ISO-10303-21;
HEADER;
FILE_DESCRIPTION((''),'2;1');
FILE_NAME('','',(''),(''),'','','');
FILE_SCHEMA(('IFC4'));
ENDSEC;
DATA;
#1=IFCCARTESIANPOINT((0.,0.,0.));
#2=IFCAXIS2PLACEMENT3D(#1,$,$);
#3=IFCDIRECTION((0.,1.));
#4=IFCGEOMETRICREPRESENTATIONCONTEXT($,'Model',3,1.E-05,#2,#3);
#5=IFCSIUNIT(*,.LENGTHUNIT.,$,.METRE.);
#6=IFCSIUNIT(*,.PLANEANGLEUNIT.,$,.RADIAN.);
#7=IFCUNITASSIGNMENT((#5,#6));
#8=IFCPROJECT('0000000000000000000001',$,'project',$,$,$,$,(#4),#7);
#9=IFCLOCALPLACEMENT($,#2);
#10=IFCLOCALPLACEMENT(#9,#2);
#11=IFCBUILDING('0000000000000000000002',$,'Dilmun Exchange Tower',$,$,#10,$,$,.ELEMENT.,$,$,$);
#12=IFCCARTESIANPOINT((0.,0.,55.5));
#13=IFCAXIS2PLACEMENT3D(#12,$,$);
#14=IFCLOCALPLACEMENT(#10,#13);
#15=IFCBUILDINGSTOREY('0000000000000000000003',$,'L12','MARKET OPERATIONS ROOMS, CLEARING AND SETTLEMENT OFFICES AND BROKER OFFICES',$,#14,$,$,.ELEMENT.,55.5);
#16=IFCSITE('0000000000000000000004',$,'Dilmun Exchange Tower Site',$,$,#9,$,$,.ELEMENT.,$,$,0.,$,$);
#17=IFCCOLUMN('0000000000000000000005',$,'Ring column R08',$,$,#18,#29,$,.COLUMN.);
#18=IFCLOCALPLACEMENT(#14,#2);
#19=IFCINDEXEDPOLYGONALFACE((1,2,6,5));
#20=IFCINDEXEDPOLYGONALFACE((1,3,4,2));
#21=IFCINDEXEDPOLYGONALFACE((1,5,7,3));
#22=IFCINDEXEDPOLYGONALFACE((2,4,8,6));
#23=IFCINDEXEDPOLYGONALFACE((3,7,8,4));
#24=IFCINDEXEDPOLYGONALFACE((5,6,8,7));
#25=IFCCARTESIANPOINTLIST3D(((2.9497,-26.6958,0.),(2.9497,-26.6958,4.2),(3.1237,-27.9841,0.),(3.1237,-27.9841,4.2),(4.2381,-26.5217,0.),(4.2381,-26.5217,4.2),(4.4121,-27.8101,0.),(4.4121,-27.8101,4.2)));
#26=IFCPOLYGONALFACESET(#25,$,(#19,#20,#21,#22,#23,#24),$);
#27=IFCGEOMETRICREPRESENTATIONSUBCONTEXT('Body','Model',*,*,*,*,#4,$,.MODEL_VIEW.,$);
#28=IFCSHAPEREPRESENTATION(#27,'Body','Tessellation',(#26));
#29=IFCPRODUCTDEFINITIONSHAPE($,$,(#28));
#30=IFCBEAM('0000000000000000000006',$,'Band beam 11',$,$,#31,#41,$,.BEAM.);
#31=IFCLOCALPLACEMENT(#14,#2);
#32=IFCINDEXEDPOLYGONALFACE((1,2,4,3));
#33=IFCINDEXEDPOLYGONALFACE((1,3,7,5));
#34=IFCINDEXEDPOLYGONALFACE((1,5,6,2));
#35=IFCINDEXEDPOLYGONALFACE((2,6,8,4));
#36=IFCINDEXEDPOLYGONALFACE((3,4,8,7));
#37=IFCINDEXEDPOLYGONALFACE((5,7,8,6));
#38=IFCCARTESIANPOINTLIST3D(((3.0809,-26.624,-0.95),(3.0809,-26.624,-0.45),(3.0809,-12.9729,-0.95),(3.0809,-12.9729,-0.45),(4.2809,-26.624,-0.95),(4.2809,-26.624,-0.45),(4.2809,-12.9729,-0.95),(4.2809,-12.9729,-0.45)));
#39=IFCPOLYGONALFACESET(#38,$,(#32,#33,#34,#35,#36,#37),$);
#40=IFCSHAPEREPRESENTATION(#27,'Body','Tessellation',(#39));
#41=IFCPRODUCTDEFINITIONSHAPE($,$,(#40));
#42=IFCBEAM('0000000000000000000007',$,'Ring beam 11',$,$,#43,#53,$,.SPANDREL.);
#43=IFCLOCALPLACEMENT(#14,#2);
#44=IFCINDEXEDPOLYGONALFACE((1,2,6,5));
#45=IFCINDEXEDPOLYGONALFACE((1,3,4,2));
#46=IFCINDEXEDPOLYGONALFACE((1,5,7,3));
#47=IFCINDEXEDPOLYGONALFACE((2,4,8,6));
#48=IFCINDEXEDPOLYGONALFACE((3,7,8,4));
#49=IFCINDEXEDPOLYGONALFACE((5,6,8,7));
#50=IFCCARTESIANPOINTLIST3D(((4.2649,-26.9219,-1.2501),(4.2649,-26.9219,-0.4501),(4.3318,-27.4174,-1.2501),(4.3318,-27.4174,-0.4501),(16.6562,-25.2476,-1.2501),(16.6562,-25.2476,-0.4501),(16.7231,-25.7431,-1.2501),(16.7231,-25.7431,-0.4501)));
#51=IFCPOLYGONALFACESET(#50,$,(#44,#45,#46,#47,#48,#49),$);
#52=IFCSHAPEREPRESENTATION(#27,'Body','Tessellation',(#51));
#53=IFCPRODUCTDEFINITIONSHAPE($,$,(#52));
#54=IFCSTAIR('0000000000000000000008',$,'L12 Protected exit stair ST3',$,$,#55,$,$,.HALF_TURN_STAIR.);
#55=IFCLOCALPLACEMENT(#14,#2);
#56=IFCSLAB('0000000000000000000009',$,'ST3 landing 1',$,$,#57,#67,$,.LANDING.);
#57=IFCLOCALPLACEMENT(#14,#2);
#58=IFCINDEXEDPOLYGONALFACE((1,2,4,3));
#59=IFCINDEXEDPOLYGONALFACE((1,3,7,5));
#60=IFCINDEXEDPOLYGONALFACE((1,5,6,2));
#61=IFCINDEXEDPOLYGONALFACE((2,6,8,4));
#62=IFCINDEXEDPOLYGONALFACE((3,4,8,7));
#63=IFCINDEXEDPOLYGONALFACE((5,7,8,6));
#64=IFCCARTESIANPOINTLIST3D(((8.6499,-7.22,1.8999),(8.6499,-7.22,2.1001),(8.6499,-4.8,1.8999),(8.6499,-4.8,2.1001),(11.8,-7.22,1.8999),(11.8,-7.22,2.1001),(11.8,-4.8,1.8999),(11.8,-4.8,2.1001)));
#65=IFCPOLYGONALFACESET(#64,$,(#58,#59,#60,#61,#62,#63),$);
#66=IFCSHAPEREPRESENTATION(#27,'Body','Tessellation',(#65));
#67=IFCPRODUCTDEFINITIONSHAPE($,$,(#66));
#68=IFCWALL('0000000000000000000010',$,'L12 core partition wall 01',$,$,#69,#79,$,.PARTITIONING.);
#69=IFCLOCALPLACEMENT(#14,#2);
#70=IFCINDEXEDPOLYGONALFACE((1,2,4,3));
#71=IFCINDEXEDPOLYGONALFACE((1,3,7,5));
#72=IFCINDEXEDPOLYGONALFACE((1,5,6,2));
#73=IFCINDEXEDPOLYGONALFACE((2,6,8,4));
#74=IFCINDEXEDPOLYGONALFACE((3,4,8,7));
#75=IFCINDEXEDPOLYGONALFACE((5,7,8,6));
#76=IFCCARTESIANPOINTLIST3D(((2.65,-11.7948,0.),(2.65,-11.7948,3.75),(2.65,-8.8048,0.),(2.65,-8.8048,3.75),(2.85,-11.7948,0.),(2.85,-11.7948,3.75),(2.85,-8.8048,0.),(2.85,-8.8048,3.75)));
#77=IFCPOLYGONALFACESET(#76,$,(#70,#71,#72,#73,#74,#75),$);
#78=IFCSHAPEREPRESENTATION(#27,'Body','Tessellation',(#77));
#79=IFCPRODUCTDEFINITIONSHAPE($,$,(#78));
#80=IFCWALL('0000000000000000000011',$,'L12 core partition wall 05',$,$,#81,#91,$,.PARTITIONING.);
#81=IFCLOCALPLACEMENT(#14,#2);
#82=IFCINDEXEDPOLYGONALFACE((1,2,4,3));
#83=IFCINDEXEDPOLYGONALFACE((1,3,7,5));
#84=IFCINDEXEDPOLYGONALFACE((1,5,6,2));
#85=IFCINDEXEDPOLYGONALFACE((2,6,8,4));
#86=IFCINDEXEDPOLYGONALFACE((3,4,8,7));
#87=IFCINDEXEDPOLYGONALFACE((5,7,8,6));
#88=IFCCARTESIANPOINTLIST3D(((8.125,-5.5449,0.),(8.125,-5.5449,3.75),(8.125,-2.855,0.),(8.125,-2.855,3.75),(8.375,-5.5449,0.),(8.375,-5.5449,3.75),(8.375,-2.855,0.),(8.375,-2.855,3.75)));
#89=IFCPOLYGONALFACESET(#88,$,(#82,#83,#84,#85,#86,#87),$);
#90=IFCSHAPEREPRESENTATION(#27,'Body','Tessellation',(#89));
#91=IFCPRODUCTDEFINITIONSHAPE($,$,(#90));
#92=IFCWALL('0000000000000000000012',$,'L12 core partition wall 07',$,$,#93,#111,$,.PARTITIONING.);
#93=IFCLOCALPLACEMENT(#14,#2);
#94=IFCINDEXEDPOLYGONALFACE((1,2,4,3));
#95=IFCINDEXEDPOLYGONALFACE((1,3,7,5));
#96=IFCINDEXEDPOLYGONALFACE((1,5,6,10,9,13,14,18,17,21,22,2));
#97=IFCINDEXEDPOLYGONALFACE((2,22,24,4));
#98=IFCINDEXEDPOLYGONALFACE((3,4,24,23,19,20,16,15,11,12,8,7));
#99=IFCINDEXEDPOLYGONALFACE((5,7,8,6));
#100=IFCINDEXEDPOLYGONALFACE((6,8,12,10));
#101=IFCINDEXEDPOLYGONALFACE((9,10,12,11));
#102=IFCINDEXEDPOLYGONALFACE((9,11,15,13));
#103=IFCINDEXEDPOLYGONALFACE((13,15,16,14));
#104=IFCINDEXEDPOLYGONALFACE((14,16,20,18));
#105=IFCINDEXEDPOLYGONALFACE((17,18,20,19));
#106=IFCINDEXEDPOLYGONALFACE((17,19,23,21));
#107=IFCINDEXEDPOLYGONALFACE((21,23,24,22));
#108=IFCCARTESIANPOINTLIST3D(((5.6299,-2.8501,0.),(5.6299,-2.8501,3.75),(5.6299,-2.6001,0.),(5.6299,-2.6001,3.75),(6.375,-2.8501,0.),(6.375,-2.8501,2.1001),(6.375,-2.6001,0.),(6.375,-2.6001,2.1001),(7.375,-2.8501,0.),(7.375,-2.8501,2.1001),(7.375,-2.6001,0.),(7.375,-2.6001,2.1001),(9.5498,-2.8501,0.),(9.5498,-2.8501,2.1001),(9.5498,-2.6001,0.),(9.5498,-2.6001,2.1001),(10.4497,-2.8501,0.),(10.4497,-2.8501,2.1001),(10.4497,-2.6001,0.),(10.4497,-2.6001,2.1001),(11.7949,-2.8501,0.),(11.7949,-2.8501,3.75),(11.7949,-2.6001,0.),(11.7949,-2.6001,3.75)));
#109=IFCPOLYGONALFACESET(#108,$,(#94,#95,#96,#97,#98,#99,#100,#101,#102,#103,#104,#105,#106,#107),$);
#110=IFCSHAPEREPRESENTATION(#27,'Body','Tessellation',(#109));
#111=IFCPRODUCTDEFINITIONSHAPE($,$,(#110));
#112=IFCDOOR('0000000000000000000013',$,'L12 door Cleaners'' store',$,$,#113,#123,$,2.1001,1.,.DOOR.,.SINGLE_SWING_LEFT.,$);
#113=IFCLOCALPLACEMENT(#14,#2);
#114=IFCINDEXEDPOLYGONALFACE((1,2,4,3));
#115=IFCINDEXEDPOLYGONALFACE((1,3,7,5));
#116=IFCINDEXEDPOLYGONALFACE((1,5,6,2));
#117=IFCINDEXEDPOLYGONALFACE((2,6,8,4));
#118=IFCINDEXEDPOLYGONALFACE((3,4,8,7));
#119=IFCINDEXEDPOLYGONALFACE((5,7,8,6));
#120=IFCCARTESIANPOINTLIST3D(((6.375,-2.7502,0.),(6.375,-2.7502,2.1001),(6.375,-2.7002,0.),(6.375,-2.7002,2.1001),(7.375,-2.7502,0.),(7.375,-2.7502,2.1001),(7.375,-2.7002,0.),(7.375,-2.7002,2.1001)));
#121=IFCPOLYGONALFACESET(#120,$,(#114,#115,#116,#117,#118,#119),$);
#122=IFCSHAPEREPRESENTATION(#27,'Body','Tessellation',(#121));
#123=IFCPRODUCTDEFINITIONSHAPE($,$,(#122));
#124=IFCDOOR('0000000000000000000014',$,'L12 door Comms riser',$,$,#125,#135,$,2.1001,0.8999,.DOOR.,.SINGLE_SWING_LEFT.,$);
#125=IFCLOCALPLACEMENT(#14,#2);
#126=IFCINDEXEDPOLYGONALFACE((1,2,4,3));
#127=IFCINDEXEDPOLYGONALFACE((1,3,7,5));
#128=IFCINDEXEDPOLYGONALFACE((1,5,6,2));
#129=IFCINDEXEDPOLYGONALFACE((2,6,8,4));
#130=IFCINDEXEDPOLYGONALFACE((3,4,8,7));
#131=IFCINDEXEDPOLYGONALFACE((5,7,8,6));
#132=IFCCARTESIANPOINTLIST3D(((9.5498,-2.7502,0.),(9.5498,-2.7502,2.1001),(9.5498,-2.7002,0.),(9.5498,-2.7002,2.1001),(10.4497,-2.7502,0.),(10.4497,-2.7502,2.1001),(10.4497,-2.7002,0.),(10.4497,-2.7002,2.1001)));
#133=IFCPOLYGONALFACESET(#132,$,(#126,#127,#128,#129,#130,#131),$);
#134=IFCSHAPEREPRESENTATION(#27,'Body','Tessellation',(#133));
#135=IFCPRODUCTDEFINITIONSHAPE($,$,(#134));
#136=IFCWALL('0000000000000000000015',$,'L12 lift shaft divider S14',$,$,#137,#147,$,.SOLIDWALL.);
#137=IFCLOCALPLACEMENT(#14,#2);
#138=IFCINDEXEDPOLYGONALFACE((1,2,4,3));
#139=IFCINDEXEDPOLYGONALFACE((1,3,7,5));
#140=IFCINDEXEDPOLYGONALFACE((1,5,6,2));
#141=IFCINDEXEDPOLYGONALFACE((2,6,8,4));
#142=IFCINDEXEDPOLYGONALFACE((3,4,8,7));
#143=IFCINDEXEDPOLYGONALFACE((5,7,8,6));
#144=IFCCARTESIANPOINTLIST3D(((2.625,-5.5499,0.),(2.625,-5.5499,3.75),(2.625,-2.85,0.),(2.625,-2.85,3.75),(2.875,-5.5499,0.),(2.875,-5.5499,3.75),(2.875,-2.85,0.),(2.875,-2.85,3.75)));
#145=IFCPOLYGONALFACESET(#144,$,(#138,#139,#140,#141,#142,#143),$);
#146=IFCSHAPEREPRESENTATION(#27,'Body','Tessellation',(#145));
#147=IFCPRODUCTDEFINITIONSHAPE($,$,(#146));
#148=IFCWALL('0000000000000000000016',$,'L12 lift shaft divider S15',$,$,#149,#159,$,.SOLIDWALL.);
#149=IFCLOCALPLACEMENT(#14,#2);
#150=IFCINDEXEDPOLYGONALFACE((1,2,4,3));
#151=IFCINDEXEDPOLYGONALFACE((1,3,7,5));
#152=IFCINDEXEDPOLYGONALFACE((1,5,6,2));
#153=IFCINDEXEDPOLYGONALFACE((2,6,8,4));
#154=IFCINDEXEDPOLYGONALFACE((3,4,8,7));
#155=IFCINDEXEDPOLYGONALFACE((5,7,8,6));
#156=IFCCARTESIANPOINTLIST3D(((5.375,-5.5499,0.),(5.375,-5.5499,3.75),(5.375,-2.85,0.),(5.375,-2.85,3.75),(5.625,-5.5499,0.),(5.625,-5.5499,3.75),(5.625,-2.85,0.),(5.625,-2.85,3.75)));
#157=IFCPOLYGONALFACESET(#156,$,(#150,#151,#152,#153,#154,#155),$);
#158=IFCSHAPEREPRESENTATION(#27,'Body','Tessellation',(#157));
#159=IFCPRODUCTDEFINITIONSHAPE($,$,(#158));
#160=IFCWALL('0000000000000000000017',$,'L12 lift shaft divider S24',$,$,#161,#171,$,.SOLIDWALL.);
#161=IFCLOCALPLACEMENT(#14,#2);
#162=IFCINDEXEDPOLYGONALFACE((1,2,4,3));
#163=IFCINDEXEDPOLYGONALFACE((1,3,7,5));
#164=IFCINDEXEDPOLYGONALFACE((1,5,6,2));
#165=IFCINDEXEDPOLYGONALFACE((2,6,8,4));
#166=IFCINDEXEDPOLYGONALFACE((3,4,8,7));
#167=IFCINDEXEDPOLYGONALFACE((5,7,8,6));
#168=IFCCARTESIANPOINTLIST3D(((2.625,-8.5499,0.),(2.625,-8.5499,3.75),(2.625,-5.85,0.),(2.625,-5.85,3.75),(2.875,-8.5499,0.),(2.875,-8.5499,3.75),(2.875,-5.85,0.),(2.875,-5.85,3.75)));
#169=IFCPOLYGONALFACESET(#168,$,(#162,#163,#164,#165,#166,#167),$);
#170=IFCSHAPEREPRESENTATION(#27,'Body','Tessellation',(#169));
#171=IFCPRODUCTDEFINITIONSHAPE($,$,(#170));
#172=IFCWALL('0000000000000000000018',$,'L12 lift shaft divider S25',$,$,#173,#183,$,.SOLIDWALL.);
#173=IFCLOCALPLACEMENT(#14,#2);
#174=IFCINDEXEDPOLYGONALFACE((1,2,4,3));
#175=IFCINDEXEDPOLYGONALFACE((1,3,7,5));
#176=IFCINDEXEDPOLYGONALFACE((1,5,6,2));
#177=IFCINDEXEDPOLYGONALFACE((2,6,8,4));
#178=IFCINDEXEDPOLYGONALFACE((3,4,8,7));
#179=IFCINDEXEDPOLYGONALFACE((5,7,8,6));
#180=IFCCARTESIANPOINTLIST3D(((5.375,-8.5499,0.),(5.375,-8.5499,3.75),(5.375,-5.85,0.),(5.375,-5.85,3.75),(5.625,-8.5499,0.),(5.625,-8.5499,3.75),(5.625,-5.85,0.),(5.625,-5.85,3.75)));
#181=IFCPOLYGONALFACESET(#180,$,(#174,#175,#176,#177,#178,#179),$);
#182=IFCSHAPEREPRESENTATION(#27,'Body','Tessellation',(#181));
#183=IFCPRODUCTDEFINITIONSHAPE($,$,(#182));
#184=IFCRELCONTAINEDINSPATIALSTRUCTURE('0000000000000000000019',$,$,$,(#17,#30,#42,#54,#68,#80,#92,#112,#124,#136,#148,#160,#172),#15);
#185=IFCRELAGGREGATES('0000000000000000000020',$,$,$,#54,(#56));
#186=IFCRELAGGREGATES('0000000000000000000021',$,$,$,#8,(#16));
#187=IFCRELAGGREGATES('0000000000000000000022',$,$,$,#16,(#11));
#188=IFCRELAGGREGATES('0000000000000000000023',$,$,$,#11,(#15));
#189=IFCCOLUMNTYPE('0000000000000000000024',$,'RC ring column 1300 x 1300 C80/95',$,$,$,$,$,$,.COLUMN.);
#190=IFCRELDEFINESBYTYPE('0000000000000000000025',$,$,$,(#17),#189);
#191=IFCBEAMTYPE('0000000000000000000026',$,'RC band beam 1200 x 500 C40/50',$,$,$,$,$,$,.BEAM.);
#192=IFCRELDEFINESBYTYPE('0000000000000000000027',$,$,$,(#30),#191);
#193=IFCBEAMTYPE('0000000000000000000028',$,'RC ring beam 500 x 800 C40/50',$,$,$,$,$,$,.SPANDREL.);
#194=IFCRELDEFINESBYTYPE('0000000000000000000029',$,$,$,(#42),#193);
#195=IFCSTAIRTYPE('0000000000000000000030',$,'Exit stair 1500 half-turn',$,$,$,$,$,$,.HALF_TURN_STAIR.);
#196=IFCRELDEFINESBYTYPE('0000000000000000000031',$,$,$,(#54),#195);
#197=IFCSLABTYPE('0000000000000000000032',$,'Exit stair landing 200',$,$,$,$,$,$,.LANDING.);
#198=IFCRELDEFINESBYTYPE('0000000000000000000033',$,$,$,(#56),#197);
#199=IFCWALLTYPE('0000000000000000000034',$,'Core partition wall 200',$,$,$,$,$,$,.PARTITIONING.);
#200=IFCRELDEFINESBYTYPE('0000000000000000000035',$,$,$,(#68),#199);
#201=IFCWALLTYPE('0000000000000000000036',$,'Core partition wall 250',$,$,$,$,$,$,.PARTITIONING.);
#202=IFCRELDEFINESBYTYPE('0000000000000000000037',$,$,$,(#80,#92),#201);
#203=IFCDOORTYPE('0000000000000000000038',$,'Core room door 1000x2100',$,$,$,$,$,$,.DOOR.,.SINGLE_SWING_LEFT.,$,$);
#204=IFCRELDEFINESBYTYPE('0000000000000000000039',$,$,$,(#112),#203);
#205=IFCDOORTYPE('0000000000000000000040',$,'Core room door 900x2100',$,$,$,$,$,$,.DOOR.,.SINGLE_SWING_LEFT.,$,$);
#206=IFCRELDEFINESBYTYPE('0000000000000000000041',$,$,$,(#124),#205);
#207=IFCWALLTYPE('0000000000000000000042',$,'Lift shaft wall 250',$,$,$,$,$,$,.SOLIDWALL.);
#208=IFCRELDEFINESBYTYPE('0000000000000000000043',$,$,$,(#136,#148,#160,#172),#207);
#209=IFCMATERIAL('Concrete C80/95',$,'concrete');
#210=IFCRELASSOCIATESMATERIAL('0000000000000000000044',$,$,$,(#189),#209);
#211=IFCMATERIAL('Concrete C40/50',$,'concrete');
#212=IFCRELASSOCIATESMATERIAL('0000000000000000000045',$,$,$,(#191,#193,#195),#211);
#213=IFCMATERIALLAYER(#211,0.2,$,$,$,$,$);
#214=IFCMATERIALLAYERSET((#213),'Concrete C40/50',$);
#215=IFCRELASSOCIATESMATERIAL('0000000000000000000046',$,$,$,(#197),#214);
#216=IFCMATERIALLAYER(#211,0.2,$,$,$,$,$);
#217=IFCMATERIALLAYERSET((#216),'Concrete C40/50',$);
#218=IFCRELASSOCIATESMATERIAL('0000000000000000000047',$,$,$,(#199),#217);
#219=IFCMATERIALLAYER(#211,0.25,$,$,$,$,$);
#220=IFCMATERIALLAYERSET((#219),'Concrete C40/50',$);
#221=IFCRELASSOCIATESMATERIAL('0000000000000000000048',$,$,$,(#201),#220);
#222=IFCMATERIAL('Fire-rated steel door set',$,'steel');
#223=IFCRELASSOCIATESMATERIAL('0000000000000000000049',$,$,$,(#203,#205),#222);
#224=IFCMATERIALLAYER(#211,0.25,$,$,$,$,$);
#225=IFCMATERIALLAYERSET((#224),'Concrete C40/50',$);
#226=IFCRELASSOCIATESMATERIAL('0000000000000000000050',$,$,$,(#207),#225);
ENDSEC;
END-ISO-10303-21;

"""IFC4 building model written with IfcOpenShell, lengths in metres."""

from ifc_helpers import new_model, si_unit, direction, frame, frame_2d, origin, origin_2d, place, context, subcontext, project, spatial, polyline, rectangle, outline, extrude, material, layer, layer_set, material_profile, profile_set, type_object, element, fill, aggregate, save


model = new_model("IFC4")

# Units and contexts
model_context = context("Model", 3, precision=1e-05, world=origin(), true_north=direction((0.0, 1.0)))
body_context = subcontext(model_context, "Body", "Model", "MODEL_VIEW")
ifc_project = project(units=[si_unit("LENGTHUNIT", "METRE"), si_unit("PLANEANGLEUNIT", "RADIAN")], contexts=[model_context])

# Site, building, storey
site_placement = place(None, origin())
site = spatial("IfcSite", under=ifc_project, at=site_placement, Name="Dilmun Exchange Tower Site", CompositionType="ELEMENT", RefElevation=0.0)
building_placement = place(site_placement, origin())
building = spatial("IfcBuilding", under=site, at=building_placement, Name="Dilmun Exchange Tower", CompositionType="ELEMENT")
storey_placement = place(building_placement, frame((0.0, 0.0, 55.5)))
storey = spatial("IfcBuildingStorey", under=building, at=storey_placement, Name="L12", Description="MARKET OPERATIONS ROOMS, CLEARING AND SETTLEMENT OFFICES AND BROKER OFFICES", CompositionType="ELEMENT", Elevation=55.5)

# Column
ifc_material_1 = material(Name="Concrete C80/95", Category="concrete")
ifc_material_profile_1 = material_profile(ifc_material_1, rectangle(XDim=1.3, YDim=1.3, at=origin_2d()), Name="1300 x 1300")
ifc_profile_set_1 = profile_set([ifc_material_profile_1], Name="Concrete C80/95")
column_type = type_object("IfcColumnType", Name="RC ring column 1300 x 1300 C80/95", PredefinedType="COLUMN", material=ifc_profile_set_1)
column_placement = place(storey_placement, frame((3.6809, -27.2529, 0.0), z_axis=(0.0, 0.0, 1.0), x_axis=(0.991001, 0.133853, 0.0)))
element("IfcColumn", 1, at=column_placement, inside=storey, type_object=column_type, Name="Ring column R08", PredefinedType="COLUMN", context=body_context, shape_type="SweptSolid", body=[
    extrude(rectangle(XDim=1.3, YDim=1.3, at=origin_2d()), origin(), (0.0, 0.0, 1.0), 4.2),
])

# Beams
ifc_material_2 = material(Name="Concrete C40/50", Category="concrete")
ifc_material_profile_2 = material_profile(ifc_material_2, rectangle(XDim=1.2, YDim=0.5, at=origin_2d()), Name="1200 x 500")
ifc_profile_set_2 = profile_set([ifc_material_profile_2], Name="Concrete C40/50")
beam_type_1 = type_object("IfcBeamType", Name="RC band beam 1200 x 500 C40/50", PredefinedType="BEAM", material=ifc_profile_set_2)
beam_1_placement = place(storey_placement, frame((3.6809, -26.624, -0.7), z_axis=(0.0, 1.0, 0.0), x_axis=(-1.0, 0.0, 0.0)))
element("IfcBeam", 2, at=beam_1_placement, inside=storey, type_object=beam_type_1, Name="Band beam 11", PredefinedType="BEAM", context=body_context, shape_type="SweptSolid", body=[
    extrude(rectangle(XDim=1.2, YDim=0.5, at=origin_2d()), origin(), (0.0, 0.0, 1.0), 13.6511),
])
ifc_material_profile_3 = material_profile(ifc_material_2, rectangle(XDim=0.5, YDim=0.8, at=origin_2d()), Name="500 x 800")
ifc_profile_set_3 = profile_set([ifc_material_profile_3], Name="Concrete C40/50")
beam_type_2 = type_object("IfcBeamType", Name="RC ring beam 500 x 800 C40/50", PredefinedType="SPANDREL", material=ifc_profile_set_3)
beam_2_placement = place(storey_placement, frame((4.2983, -27.1697, -0.8501), z_axis=(0.990994, 0.133903, 0.0), x_axis=(-0.133903, 0.990994, 0.0)))
element("IfcBeam", 3, at=beam_2_placement, inside=storey, type_object=beam_type_2, Name="Ring beam 11", PredefinedType="SPANDREL", context=body_context, shape_type="SweptSolid", body=[
    extrude(rectangle(XDim=0.5, YDim=0.8, at=origin_2d()), origin(), (0.0, 0.0, 1.0), 12.5039),
])

# Stair, slab
stair_type = type_object("IfcStairType", Name="Exit stair 1500 half-turn", PredefinedType="HALF_TURN_STAIR", material=ifc_material_2)
stair_placement = place(storey_placement, origin())
stair = element("IfcStair", 4, at=stair_placement, inside=storey, type_object=stair_type, Name="L12 Protected exit stair ST3", PredefinedType="HALF_TURN_STAIR")
ifc_layer_1 = layer(ifc_material_2, 0.2)
ifc_layer_set_1 = layer_set([ifc_layer_1], Name="Concrete C40/50")
slab_type = type_object("IfcSlabType", Name="Exit stair landing 200", PredefinedType="LANDING", material=ifc_layer_set_1)
slab_placement = place(storey_placement, frame((0.0, 0.0, 1.8999)))
slab = element("IfcSlab", 5, at=slab_placement, type_object=slab_type, Name="ST3 landing 1", PredefinedType="LANDING", context=body_context, shape_type="SweptSolid", body=[
    extrude(outline(polyline([(11.8, -7.22), (11.8, -4.8), (8.6499, -4.8), (8.6499, -7.22), (11.8, -7.22)])), origin(), (0.0, 0.0, 1.0), 0.2002),
])
aggregate(stair, [slab])

# Walls
ifc_layer_2 = layer(ifc_material_2, 0.2)
ifc_layer_set_2 = layer_set([ifc_layer_2], Name="Concrete C40/50")
wall_type_1 = type_object("IfcWallType", Name="Core partition wall 200", PredefinedType="PARTITIONING", material=ifc_layer_set_2)
wall_1_placement = place(storey_placement, frame((2.75, -11.7949, 0.0), z_axis=(0.0, 0.0, 1.0), x_axis=(0.0, 1.0, 0.0)))
element("IfcWall", 6, at=wall_1_placement, inside=storey, type_object=wall_type_1, Name="L12 core partition wall 01", PredefinedType="PARTITIONING", context=body_context, shape_type="SweptSolid", body=[
    extrude(rectangle(XDim=2.99, YDim=0.2, at=frame_2d((1.4951, 0.0))), origin(), (0.0, 0.0, 1.0), 3.75),
])
ifc_layer_3 = layer(ifc_material_2, 0.25)
ifc_layer_set_3 = layer_set([ifc_layer_3], Name="Concrete C40/50")
wall_type_2 = type_object("IfcWallType", Name="Core partition wall 250", PredefinedType="PARTITIONING", material=ifc_layer_set_3)
wall_2_placement = place(storey_placement, frame((8.25, -5.5449, 0.0), z_axis=(0.0, 0.0, 1.0), x_axis=(0.0, 1.0, 0.0)))
element("IfcWall", 7, at=wall_2_placement, inside=storey, type_object=wall_type_2, Name="L12 core partition wall 05", PredefinedType="PARTITIONING", context=body_context, shape_type="SweptSolid", body=[
    extrude(rectangle(XDim=2.6899, YDim=0.25, at=frame_2d((1.345, 0.0))), origin(), (0.0, 0.0, 1.0), 3.75),
])

# Wall, openings, doors
wall_3_placement = place(storey_placement, frame((5.6299, -2.7251, 0.0), z_axis=(0.0, 0.0, 1.0), x_axis=(1.0, 0.0, 0.0)))
wall_3 = element("IfcWall", 8, at=wall_3_placement, inside=storey, type_object=wall_type_2, Name="L12 core partition wall 07", PredefinedType="PARTITIONING", context=body_context, shape_type="SweptSolid", body=[
    extrude(rectangle(XDim=6.165, YDim=0.25, at=frame_2d((3.0825, 0.0))), origin(), (0.0, 0.0, 1.0), 3.75),
])
opening_1_placement = place(wall_3_placement, frame((0.7451, 0.0, 0.0)))
opening_1 = element("IfcOpeningElement", 9, at=opening_1_placement, cuts=wall_3, PredefinedType="OPENING", context=body_context, shape_type="SweptSolid", body=[
    extrude(rectangle(XDim=1.0, YDim=2.1001, at=frame_2d((0.5, 1.05))), frame((0.0, 0.135, 0.0), z_axis=(0.0, -1.0, 0.0), x_axis=(1.0, 0.0, 0.0)), (0.0, 0.0, 1.0), 0.27),
])
opening_2_placement = place(wall_3_placement, frame((3.9199, 0.0, 0.0)))
opening_2 = element("IfcOpeningElement", 10, at=opening_2_placement, cuts=wall_3, PredefinedType="OPENING", context=body_context, shape_type="SweptSolid", body=[
    extrude(rectangle(XDim=0.8999, YDim=2.1001, at=frame_2d((0.45, 1.05))), frame((0.0, 0.135, 0.0), z_axis=(0.0, -1.0, 0.0), x_axis=(1.0, 0.0, 0.0)), (0.0, 0.0, 1.0), 0.27),
])
ifc_material_3 = material(Name="Fire-rated steel door set", Category="steel")
door_type_1 = type_object("IfcDoorType", Name="Core room door 1000x2100", OperationType="SINGLE_SWING_LEFT", PredefinedType="DOOR", material=ifc_material_3)
door_1_placement = place(opening_1_placement, origin())
door_1 = element("IfcDoor", 11, at=door_1_placement, inside=storey, type_object=door_type_1, Name="L12 door Cleaners' store", OperationType="SINGLE_SWING_LEFT", OverallHeight=2.1001, OverallWidth=1.0, PredefinedType="DOOR", context=body_context, shape_type="SweptSolid", body=[
    extrude(rectangle(XDim=1.0, YDim=2.1001, at=frame_2d((0.5, 1.05))), frame((0.0, 0.0249, 0.0), z_axis=(0.0, -1.0, 0.0), x_axis=(1.0, 0.0, 0.0)), (0.0, 0.0, 1.0), 0.05),
])
fill(opening_1, door_1)
door_type_2 = type_object("IfcDoorType", Name="Core room door 900x2100", OperationType="SINGLE_SWING_LEFT", PredefinedType="DOOR", material=ifc_material_3)
door_2_placement = place(opening_2_placement, origin())
door_2 = element("IfcDoor", 12, at=door_2_placement, inside=storey, type_object=door_type_2, Name="L12 door Comms riser", OperationType="SINGLE_SWING_LEFT", OverallHeight=2.1001, OverallWidth=0.8999, PredefinedType="DOOR", context=body_context, shape_type="SweptSolid", body=[
    extrude(rectangle(XDim=0.8999, YDim=2.1001, at=frame_2d((0.45, 1.05))), frame((0.0, 0.0249, 0.0), z_axis=(0.0, -1.0, 0.0), x_axis=(1.0, 0.0, 0.0)), (0.0, 0.0, 1.0), 0.05),
])
fill(opening_2, door_2)

# Walls
ifc_layer_4 = layer(ifc_material_2, 0.25)
ifc_layer_set_4 = layer_set([ifc_layer_4], Name="Concrete C40/50")
wall_type_3 = type_object("IfcWallType", Name="Lift shaft wall 250", PredefinedType="SOLIDWALL", material=ifc_layer_set_4)
for number, where, z_axis, x_axis, name in (
    (13, (2.75, -5.55, 0.0), (0.0, 0.0, 1.0), (0.0, 1.0, 0.0), "L12 lift shaft divider S14"),
    (14, (5.5, -5.55, 0.0), (0.0, 0.0, 1.0), (0.0, 1.0, 0.0), "L12 lift shaft divider S15"),
    (15, (2.75, -8.55, 0.0), (0.0, 0.0, 1.0), (0.0, 1.0, 0.0), "L12 lift shaft divider S24"),
    (16, (5.5, -8.55, 0.0), (0.0, 0.0, 1.0), (0.0, 1.0, 0.0), "L12 lift shaft divider S25"),
):
    element("IfcWall", number, at=place(storey_placement, frame(where, z_axis=z_axis, x_axis=x_axis)), inside=storey, type_object=wall_type_3, Name=name, PredefinedType="SOLIDWALL", context=body_context, shape_type="SweptSolid", body=[
        extrude(rectangle(XDim=2.7, YDim=0.25, at=frame_2d((1.3501, 0.0))), origin(), (0.0, 0.0, 1.0), 3.75),
    ])

save(model, "model.ifc")
